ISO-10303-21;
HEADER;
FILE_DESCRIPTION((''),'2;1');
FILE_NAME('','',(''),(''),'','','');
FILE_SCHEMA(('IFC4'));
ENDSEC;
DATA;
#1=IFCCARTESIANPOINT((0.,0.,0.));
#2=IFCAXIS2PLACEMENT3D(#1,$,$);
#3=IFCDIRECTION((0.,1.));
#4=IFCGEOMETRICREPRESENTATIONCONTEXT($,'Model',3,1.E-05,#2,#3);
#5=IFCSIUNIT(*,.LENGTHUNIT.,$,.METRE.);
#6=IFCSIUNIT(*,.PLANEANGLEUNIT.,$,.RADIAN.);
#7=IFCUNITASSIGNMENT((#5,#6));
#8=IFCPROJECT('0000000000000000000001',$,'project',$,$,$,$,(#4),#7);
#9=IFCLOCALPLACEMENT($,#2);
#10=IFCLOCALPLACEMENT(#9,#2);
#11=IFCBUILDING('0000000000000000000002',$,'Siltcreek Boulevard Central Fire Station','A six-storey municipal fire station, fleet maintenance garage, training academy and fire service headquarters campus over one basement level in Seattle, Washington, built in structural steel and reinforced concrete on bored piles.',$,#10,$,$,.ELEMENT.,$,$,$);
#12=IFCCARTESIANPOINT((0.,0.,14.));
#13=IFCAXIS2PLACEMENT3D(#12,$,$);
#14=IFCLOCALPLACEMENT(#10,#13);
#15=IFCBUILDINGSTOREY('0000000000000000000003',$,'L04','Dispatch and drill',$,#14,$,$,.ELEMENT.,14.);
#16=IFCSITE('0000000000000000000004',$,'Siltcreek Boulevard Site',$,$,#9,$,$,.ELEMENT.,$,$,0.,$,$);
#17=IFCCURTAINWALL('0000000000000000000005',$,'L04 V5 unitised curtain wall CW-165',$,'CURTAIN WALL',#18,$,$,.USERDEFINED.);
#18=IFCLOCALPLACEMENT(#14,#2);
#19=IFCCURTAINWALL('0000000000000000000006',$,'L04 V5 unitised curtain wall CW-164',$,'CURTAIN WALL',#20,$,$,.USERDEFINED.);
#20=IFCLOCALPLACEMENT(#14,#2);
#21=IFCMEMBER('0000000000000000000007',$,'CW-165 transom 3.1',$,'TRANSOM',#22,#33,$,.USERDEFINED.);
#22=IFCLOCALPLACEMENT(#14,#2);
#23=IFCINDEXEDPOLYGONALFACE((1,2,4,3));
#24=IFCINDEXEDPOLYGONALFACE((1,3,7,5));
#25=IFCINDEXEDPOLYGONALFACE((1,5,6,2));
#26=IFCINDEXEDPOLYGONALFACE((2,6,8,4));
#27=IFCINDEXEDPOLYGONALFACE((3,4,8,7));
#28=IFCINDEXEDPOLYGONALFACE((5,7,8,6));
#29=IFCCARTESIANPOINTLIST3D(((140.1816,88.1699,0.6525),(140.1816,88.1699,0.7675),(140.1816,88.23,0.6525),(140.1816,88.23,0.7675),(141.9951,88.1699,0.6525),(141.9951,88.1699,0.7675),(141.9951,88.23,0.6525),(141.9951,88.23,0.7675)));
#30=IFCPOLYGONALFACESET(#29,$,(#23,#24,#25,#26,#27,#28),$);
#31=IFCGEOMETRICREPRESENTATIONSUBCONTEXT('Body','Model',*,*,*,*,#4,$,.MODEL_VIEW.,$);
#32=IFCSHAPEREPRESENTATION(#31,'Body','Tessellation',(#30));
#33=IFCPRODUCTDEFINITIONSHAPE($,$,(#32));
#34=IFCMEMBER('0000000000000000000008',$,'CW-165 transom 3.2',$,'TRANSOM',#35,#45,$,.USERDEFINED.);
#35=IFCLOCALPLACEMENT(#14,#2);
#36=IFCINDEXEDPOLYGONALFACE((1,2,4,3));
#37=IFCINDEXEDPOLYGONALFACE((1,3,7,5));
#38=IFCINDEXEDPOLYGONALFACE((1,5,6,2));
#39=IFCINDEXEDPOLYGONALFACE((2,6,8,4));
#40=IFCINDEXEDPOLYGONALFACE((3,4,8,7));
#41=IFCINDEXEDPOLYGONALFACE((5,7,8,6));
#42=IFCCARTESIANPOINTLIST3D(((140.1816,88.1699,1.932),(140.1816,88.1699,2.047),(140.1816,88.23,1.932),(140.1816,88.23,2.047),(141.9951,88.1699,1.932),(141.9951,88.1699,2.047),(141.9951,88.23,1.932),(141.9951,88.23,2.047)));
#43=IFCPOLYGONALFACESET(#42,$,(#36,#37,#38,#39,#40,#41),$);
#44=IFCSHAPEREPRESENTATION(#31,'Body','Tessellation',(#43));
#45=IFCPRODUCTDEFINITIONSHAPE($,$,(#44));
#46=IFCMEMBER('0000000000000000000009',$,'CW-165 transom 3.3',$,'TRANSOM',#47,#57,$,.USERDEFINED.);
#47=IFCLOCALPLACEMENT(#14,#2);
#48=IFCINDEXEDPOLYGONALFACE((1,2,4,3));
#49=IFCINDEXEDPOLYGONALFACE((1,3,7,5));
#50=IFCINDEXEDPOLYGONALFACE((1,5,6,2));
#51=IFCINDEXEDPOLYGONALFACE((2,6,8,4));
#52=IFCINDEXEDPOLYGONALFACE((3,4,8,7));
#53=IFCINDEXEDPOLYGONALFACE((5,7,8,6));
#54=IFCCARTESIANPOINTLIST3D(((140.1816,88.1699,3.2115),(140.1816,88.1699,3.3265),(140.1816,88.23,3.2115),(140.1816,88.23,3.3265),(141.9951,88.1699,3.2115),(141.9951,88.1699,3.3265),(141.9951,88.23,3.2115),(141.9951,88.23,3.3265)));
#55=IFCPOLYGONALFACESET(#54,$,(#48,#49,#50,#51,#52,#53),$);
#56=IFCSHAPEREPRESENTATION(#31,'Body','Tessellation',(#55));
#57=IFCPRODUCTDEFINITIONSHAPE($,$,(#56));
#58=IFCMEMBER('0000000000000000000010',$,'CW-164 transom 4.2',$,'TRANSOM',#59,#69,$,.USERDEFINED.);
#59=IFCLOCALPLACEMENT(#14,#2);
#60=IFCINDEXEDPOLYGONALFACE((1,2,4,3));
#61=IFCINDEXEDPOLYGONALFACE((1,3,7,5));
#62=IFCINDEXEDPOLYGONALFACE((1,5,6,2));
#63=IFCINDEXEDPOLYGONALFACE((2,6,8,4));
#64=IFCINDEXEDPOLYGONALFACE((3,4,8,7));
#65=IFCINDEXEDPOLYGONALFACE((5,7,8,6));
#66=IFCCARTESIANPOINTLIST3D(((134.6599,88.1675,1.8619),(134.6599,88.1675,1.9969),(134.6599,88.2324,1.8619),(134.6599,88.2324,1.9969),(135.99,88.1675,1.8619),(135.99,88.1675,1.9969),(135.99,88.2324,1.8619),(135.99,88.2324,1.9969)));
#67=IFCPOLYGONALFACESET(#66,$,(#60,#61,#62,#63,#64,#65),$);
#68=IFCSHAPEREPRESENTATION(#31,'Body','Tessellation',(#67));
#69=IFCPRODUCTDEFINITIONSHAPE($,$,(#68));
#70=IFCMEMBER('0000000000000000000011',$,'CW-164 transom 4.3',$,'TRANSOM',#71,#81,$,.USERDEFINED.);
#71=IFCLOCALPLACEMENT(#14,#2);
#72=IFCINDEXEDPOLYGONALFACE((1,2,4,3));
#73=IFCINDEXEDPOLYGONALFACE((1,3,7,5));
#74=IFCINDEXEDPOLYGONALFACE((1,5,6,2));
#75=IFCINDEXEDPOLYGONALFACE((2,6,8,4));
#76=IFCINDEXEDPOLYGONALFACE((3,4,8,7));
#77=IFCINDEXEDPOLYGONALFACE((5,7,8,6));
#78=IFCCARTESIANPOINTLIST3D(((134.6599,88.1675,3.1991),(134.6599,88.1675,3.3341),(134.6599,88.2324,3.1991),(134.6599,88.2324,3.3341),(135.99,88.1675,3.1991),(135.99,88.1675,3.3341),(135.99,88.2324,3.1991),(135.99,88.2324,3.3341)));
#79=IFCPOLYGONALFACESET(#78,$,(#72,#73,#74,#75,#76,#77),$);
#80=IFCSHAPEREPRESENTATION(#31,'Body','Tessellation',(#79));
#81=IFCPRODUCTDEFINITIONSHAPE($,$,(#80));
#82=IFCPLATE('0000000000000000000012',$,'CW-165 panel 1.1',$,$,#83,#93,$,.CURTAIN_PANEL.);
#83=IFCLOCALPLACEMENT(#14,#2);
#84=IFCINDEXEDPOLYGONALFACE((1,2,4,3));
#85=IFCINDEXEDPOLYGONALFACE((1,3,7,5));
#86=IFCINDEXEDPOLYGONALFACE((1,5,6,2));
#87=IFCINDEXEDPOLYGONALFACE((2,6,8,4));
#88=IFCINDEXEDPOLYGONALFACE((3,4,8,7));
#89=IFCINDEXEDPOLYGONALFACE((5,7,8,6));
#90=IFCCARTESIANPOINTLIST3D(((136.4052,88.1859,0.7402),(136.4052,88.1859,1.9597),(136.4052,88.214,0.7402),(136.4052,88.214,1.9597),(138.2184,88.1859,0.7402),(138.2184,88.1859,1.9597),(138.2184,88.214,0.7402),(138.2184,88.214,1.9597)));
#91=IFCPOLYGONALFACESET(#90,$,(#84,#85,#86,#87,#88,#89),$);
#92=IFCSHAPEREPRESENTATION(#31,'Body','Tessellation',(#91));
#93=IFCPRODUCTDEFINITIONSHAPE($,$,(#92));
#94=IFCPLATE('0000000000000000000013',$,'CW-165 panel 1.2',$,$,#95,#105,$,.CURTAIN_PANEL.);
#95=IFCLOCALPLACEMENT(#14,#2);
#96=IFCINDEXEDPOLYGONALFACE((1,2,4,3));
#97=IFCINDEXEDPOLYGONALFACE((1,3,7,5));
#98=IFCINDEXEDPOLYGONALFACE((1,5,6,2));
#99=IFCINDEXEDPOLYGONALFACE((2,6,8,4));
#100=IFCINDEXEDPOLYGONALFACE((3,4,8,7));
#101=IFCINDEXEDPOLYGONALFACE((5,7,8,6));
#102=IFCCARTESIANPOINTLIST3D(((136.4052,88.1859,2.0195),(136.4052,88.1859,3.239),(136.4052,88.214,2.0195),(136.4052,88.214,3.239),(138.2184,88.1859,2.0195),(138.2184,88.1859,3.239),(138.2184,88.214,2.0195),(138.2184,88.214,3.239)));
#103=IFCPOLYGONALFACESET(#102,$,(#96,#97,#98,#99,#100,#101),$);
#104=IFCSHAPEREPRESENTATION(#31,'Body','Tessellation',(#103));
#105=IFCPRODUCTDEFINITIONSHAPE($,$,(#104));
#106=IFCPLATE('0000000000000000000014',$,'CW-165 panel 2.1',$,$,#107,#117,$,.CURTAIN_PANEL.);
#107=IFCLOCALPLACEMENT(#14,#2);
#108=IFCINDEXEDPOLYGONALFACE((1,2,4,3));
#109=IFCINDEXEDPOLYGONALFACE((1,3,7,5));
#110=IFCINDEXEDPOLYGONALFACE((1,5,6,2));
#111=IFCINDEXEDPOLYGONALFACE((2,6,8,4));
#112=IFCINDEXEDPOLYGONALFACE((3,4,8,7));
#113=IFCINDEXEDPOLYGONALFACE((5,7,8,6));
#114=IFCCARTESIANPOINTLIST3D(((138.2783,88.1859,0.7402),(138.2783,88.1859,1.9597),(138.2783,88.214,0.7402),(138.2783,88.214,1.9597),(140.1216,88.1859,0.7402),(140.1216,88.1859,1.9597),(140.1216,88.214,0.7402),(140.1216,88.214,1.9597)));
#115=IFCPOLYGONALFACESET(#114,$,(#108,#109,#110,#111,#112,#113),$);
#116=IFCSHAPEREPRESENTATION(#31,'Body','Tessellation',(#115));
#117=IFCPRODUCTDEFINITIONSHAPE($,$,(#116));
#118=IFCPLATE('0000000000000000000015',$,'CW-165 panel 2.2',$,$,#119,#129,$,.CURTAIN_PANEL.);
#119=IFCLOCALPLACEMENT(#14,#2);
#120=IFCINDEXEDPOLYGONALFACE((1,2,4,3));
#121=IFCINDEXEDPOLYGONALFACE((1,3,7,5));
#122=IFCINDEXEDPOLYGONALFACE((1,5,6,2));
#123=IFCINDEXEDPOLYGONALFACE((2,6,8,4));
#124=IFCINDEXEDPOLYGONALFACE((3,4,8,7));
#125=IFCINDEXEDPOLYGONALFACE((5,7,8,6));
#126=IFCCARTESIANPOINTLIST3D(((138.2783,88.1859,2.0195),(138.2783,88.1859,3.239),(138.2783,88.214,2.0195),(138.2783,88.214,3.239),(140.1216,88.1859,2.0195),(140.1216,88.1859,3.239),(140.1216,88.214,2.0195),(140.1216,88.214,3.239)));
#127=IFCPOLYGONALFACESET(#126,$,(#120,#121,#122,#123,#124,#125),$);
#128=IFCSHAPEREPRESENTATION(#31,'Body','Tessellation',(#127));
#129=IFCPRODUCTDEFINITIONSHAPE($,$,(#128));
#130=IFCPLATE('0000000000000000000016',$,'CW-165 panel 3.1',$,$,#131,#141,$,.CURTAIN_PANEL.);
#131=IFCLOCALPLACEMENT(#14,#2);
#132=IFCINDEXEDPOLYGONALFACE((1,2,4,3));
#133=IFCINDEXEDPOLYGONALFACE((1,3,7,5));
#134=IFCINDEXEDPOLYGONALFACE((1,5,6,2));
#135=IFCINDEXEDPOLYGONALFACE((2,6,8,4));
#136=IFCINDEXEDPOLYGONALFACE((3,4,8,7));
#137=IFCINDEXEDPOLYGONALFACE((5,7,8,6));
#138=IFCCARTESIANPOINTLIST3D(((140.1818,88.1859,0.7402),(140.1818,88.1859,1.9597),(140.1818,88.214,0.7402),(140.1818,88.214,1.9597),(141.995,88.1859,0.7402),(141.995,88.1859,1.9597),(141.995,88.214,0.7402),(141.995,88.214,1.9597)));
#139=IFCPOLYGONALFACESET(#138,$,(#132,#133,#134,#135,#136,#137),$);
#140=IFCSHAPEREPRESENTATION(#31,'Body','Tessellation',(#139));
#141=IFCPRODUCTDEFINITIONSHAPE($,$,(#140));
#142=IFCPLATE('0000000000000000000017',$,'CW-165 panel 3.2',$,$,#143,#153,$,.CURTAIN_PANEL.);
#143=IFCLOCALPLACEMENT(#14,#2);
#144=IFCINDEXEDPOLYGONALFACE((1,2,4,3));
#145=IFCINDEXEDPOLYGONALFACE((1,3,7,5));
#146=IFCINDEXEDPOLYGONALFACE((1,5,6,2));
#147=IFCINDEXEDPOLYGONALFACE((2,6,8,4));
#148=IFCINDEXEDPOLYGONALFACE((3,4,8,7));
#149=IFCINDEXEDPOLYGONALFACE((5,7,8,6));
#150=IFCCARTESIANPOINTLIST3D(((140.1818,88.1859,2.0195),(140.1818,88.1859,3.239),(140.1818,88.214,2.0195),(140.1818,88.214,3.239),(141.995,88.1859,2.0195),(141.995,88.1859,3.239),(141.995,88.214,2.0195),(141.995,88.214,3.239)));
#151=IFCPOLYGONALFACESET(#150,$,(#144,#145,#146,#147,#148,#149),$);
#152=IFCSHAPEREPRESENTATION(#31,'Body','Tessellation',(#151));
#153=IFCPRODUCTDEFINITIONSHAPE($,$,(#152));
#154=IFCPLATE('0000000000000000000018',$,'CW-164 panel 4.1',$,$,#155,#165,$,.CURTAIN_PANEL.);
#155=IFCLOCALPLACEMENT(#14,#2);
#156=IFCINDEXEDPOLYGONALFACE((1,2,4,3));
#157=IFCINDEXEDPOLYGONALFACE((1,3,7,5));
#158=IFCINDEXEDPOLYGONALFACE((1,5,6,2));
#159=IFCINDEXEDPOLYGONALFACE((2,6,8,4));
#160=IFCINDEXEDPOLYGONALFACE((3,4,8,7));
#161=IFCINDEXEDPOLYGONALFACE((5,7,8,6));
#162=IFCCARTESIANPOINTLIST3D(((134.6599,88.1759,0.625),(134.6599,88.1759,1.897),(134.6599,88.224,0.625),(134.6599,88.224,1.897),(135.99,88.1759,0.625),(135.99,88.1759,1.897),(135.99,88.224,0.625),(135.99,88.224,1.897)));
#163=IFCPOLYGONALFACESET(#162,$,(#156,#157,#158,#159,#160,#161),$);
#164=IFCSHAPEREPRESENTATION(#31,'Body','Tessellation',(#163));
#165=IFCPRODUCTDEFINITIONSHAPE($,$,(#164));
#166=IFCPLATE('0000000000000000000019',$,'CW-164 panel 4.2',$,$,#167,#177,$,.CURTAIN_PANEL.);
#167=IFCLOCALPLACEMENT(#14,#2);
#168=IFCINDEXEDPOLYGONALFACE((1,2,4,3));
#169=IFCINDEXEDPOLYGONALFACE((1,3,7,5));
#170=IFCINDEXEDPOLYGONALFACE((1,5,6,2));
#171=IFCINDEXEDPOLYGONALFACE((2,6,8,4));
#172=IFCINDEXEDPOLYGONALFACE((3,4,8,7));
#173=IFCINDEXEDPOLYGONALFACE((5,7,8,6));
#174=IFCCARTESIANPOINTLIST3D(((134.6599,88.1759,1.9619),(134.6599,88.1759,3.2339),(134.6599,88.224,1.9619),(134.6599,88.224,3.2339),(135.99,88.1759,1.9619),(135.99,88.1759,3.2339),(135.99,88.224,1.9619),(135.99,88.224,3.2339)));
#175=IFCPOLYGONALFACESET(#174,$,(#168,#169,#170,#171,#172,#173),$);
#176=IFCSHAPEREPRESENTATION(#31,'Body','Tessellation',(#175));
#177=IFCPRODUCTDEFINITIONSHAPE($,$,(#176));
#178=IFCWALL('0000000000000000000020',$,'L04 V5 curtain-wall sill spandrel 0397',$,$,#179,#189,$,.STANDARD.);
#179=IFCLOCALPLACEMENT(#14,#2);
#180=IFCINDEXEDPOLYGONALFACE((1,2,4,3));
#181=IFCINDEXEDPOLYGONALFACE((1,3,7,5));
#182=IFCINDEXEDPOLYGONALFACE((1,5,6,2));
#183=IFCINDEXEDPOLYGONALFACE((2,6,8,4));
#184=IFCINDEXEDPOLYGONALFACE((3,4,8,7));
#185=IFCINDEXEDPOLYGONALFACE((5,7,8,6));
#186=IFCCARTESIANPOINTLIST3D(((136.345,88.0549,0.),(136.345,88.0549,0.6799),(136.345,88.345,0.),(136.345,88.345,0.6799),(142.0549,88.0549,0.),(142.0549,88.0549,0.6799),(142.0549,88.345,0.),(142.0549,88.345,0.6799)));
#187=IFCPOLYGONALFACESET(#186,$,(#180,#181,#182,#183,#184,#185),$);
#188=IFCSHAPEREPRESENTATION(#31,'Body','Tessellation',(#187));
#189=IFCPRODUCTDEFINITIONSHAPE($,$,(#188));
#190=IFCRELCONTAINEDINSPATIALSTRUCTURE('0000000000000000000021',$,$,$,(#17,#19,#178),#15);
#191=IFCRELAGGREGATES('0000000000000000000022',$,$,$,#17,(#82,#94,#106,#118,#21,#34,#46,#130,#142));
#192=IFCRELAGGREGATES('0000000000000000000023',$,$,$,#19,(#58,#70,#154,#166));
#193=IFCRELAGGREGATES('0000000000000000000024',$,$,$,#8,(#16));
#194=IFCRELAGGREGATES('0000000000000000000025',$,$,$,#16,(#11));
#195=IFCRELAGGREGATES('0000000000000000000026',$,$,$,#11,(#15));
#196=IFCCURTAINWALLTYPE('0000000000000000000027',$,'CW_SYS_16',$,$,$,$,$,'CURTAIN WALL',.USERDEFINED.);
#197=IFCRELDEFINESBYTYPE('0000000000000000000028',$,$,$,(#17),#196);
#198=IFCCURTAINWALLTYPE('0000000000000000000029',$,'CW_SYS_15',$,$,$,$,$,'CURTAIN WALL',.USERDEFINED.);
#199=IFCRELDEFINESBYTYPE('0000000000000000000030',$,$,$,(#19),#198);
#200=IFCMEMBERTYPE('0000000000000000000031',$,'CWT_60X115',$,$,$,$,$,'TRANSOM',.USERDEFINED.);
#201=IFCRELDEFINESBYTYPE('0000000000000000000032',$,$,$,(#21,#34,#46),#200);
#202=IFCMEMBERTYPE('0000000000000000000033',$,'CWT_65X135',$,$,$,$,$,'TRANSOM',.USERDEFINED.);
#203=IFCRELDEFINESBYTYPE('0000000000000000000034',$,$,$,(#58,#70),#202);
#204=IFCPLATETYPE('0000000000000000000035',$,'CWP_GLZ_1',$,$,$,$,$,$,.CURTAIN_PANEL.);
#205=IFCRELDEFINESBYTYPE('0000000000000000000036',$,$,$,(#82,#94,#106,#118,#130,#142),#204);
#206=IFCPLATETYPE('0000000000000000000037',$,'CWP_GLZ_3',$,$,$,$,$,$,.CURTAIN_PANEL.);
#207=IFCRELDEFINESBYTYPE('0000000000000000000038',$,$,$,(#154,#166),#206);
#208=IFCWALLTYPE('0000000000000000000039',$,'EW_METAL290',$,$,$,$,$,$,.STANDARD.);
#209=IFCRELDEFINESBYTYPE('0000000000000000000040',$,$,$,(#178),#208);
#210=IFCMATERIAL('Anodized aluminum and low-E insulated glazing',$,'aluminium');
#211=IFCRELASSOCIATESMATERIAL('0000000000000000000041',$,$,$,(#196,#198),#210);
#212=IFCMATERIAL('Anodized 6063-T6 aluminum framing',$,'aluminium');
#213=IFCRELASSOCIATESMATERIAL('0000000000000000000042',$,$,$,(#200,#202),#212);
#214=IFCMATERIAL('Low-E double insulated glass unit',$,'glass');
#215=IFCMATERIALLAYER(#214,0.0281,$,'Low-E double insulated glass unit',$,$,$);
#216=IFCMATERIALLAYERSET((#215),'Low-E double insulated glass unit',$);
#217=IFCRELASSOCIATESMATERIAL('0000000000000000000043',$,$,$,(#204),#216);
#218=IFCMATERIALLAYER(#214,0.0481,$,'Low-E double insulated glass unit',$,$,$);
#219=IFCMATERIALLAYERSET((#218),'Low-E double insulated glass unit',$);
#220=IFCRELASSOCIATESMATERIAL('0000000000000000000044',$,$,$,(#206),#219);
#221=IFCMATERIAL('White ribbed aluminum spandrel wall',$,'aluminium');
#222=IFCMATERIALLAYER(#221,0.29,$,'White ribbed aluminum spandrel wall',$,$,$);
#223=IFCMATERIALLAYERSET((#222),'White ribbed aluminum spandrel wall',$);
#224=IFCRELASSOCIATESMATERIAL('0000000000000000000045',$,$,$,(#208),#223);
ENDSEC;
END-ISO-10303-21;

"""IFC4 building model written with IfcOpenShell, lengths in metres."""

from ifc_helpers import new_model, si_unit, direction, frame, frame_2d, origin, origin_2d, place, context, subcontext, project, spatial, rectangle, extrude, material, layer, layer_set, material_profile, profile_set, type_object, element, aggregate, save


model = new_model("IFC4")

# Units and contexts
model_context = context("Model", 3, precision=1e-05, world=origin(), true_north=direction((0.0, 1.0)))
body_context = subcontext(model_context, "Body", "Model", "MODEL_VIEW")
ifc_project = project(units=[si_unit("LENGTHUNIT", "METRE"), si_unit("PLANEANGLEUNIT", "RADIAN")], contexts=[model_context])

# Site, building, storey
site_placement = place(None, origin())
site = spatial("IfcSite", under=ifc_project, at=site_placement, Name="Siltcreek Boulevard Site", CompositionType="ELEMENT", RefElevation=0.0)
building_placement = place(site_placement, origin())
building = spatial("IfcBuilding", under=site, at=building_placement, Name="Siltcreek Boulevard Central Fire Station", Description="A six-storey municipal fire station, fleet maintenance garage, training academy and fire service headquarters campus over one basement level in Seattle, Washington, built in structural steel and reinforced concrete on bored piles.", CompositionType="ELEMENT")
storey_placement = place(building_placement, frame((0.0, 0.0, 14.0)))
storey = spatial("IfcBuildingStorey", under=building, at=storey_placement, Name="L04", Description="Dispatch and drill", CompositionType="ELEMENT", Elevation=14.0)

# Curtain wall
ifc_material_1 = material(Name="Anodized aluminum and low-E insulated glazing", Category="aluminium")
curtain_wall_type_1 = type_object("IfcCurtainWallType", Name="CW_SYS_16", ElementType="CURTAIN WALL", PredefinedType="USERDEFINED", material=ifc_material_1)
curtain_wall_1_placement = place(storey_placement, origin())
curtain_wall_1 = element("IfcCurtainWall", 1, at=curtain_wall_1_placement, inside=storey, type_object=curtain_wall_type_1, Name="L04 V5 unitised curtain wall CW-165", ObjectType="CURTAIN WALL", PredefinedType="USERDEFINED")
ifc_material_2 = material(Name="Anodized 6063-T6 aluminum framing", Category="aluminium")

# Curtain wall
curtain_wall_type_2 = type_object("IfcCurtainWallType", Name="CW_SYS_15", ElementType="CURTAIN WALL", PredefinedType="USERDEFINED", material=ifc_material_1)
curtain_wall_2_placement = place(storey_placement, origin())
curtain_wall_2 = element("IfcCurtainWall", 2, at=curtain_wall_2_placement, inside=storey, type_object=curtain_wall_type_2, Name="L04 V5 unitised curtain wall CW-164", ObjectType="CURTAIN WALL", PredefinedType="USERDEFINED")

# Members
ifc_material_profile_1 = material_profile(ifc_material_2, rectangle(XDim=0.0601, YDim=0.115, at=origin_2d()), Name="TRAN60X115")
ifc_profile_set_1 = profile_set([ifc_material_profile_1], Name="Anodized 6063-T6 aluminum framing")
member_type_1 = type_object("IfcMemberType", Name="CWT_60X115", ElementType="TRANSOM", PredefinedType="USERDEFINED", material=ifc_profile_set_1)
member_1_placement = place(storey_placement, frame((140.1816, 88.2, 0.71), z_axis=(1.0, 0.0, 0.0), x_axis=(0.0, 1.0, 0.0)))
member_1 = element("IfcMember", 3, at=member_1_placement, type_object=member_type_1, Name="CW-165 transom 3.1", ObjectType="TRANSOM", PredefinedType="USERDEFINED", context=body_context, shape_type="SweptSolid", body=[
    extrude(rectangle(XDim=0.0601, YDim=0.115, at=origin_2d()), origin(), (0.0, 0.0, 1.0), 1.8135),
])
member_2_placement = place(storey_placement, frame((140.1816, 88.2, 1.9895), z_axis=(1.0, 0.0, 0.0), x_axis=(0.0, 1.0, 0.0)))
member_2 = element("IfcMember", 4, at=member_2_placement, type_object=member_type_1, Name="CW-165 transom 3.2", ObjectType="TRANSOM", PredefinedType="USERDEFINED", context=body_context, shape_type="SweptSolid", body=[
    extrude(rectangle(XDim=0.0601, YDim=0.115, at=origin_2d()), origin(), (0.0, 0.0, 1.0), 1.8135),
])
member_3_placement = place(storey_placement, frame((140.1816, 88.2, 3.269), z_axis=(1.0, 0.0, 0.0), x_axis=(0.0, 1.0, 0.0)))
member_3 = element("IfcMember", 5, at=member_3_placement, type_object=member_type_1, Name="CW-165 transom 3.3", ObjectType="TRANSOM", PredefinedType="USERDEFINED", context=body_context, shape_type="SweptSolid", body=[
    extrude(rectangle(XDim=0.0601, YDim=0.115, at=origin_2d()), origin(), (0.0, 0.0, 1.0), 1.8135),
])
ifc_material_profile_2 = material_profile(ifc_material_2, rectangle(XDim=0.0649, YDim=0.135, at=origin_2d()), Name="TRAN65X135")
ifc_profile_set_2 = profile_set([ifc_material_profile_2], Name="Anodized 6063-T6 aluminum framing")
member_type_2 = type_object("IfcMemberType", Name="CWT_65X135", ElementType="TRANSOM", PredefinedType="USERDEFINED", material=ifc_profile_set_2)
member_4_placement = place(storey_placement, frame((134.6599, 88.2, 1.9294), z_axis=(1.0, 0.0, 0.0), x_axis=(0.0, 1.0, 0.0)))
member_4 = element("IfcMember", 6, at=member_4_placement, type_object=member_type_2, Name="CW-164 transom 4.2", ObjectType="TRANSOM", PredefinedType="USERDEFINED", context=body_context, shape_type="SweptSolid", body=[
    extrude(rectangle(XDim=0.0649, YDim=0.135, at=origin_2d()), origin(), (0.0, 0.0, 1.0), 1.3301),
])
member_5_placement = place(storey_placement, frame((134.6599, 88.2, 3.2666), z_axis=(1.0, 0.0, 0.0), x_axis=(0.0, 1.0, 0.0)))
member_5 = element("IfcMember", 7, at=member_5_placement, type_object=member_type_2, Name="CW-164 transom 4.3", ObjectType="TRANSOM", PredefinedType="USERDEFINED", context=body_context, shape_type="SweptSolid", body=[
    extrude(rectangle(XDim=0.0649, YDim=0.135, at=origin_2d()), origin(), (0.0, 0.0, 1.0), 1.3301),
])

# Plates
ifc_material_3 = material(Name="Low-E double insulated glass unit", Category="glass")
ifc_layer_1 = layer(ifc_material_3, 0.0281, Name="Low-E double insulated glass unit")
ifc_layer_set_1 = layer_set([ifc_layer_1], Name="Low-E double insulated glass unit")
plate_type_1 = type_object("IfcPlateType", Name="CWP_GLZ_1", PredefinedType="CURTAIN_PANEL", material=ifc_layer_set_1)
plate_1_placement = place(storey_placement, frame((137.3118, 88.2, 0.7402), z_axis=(0.0, 0.0, 1.0), x_axis=(1.0, 0.0, 0.0)))
plate_1 = element("IfcPlate", 8, at=plate_1_placement, type_object=plate_type_1, Name="CW-165 panel 1.1", PredefinedType="CURTAIN_PANEL", context=body_context, shape_type="SweptSolid", body=[
    extrude(rectangle(XDim=1.8132, YDim=0.0281, at=origin_2d()), origin(), (0.0, 0.0, 1.0), 1.2195),
])
plate_2_placement = place(storey_placement, frame((137.3118, 88.2, 2.0195), z_axis=(0.0, 0.0, 1.0), x_axis=(1.0, 0.0, 0.0)))
plate_2 = element("IfcPlate", 9, at=plate_2_placement, type_object=plate_type_1, Name="CW-165 panel 1.2", PredefinedType="CURTAIN_PANEL", context=body_context, shape_type="SweptSolid", body=[
    extrude(rectangle(XDim=1.8132, YDim=0.0281, at=origin_2d()), origin(), (0.0, 0.0, 1.0), 1.2195),
])
plate_3_placement = place(storey_placement, frame((139.2, 88.2, 0.7402), z_axis=(0.0, 0.0, 1.0), x_axis=(1.0, 0.0, 0.0)))
plate_3 = element("IfcPlate", 10, at=plate_3_placement, type_object=plate_type_1, Name="CW-165 panel 2.1", PredefinedType="CURTAIN_PANEL", context=body_context, shape_type="SweptSolid", body=[
    extrude(rectangle(XDim=1.8433, YDim=0.0281, at=origin_2d()), origin(), (0.0, 0.0, 1.0), 1.2195),
])
plate_4_placement = place(storey_placement, frame((139.2, 88.2, 2.0195), z_axis=(0.0, 0.0, 1.0), x_axis=(1.0, 0.0, 0.0)))
plate_4 = element("IfcPlate", 11, at=plate_4_placement, type_object=plate_type_1, Name="CW-165 panel 2.2", PredefinedType="CURTAIN_PANEL", context=body_context, shape_type="SweptSolid", body=[
    extrude(rectangle(XDim=1.8433, YDim=0.0281, at=origin_2d()), origin(), (0.0, 0.0, 1.0), 1.2195),
])
plate_5_placement = place(storey_placement, frame((141.0884, 88.2, 0.7402), z_axis=(0.0, 0.0, 1.0), x_axis=(1.0, 0.0, 0.0)))
plate_5 = element("IfcPlate", 12, at=plate_5_placement, type_object=plate_type_1, Name="CW-165 panel 3.1", PredefinedType="CURTAIN_PANEL", context=body_context, shape_type="SweptSolid", body=[
    extrude(rectangle(XDim=1.8132, YDim=0.0281, at=origin_2d()), origin(), (0.0, 0.0, 1.0), 1.2195),
])
plate_6_placement = place(storey_placement, frame((141.0884, 88.2, 2.0195), z_axis=(0.0, 0.0, 1.0), x_axis=(1.0, 0.0, 0.0)))
plate_6 = element("IfcPlate", 13, at=plate_6_placement, type_object=plate_type_1, Name="CW-165 panel 3.2", PredefinedType="CURTAIN_PANEL", context=body_context, shape_type="SweptSolid", body=[
    extrude(rectangle(XDim=1.8132, YDim=0.0281, at=origin_2d()), origin(), (0.0, 0.0, 1.0), 1.2195),
])
aggregate(curtain_wall_1, [plate_1, plate_2, plate_3, plate_4, member_1, member_2, member_3, plate_5, plate_6])
ifc_layer_2 = layer(ifc_material_3, 0.0481, Name="Low-E double insulated glass unit")
ifc_layer_set_2 = layer_set([ifc_layer_2], Name="Low-E double insulated glass unit")
plate_type_2 = type_object("IfcPlateType", Name="CWP_GLZ_3", PredefinedType="CURTAIN_PANEL", material=ifc_layer_set_2)
plate_7_placement = place(storey_placement, frame((135.325, 88.2, 0.625), z_axis=(0.0, 0.0, 1.0), x_axis=(1.0, 0.0, 0.0)))
plate_7 = element("IfcPlate", 14, at=plate_7_placement, type_object=plate_type_2, Name="CW-164 panel 4.1", PredefinedType="CURTAIN_PANEL", context=body_context, shape_type="SweptSolid", body=[
    extrude(rectangle(XDim=1.3301, YDim=0.0481, at=origin_2d()), origin(), (0.0, 0.0, 1.0), 1.272),
])
plate_8_placement = place(storey_placement, frame((135.325, 88.2, 1.9619), z_axis=(0.0, 0.0, 1.0), x_axis=(1.0, 0.0, 0.0)))
plate_8 = element("IfcPlate", 15, at=plate_8_placement, type_object=plate_type_2, Name="CW-164 panel 4.2", PredefinedType="CURTAIN_PANEL", context=body_context, shape_type="SweptSolid", body=[
    extrude(rectangle(XDim=1.3301, YDim=0.0481, at=origin_2d()), origin(), (0.0, 0.0, 1.0), 1.272),
])
aggregate(curtain_wall_2, [member_4, member_5, plate_7, plate_8])

# Wall
ifc_material_4 = material(Name="White ribbed aluminum spandrel wall", Category="aluminium")
ifc_layer_3 = layer(ifc_material_4, 0.29, Name="White ribbed aluminum spandrel wall")
ifc_layer_set_3 = layer_set([ifc_layer_3], Name="White ribbed aluminum spandrel wall")
wall_type = type_object("IfcWallType", Name="EW_METAL290", PredefinedType="STANDARD", material=ifc_layer_set_3)
wall_placement = place(storey_placement, frame((136.345, 88.2, 0.0), z_axis=(0.0, 0.0, 1.0), x_axis=(1.0, 0.0, 0.0)))
element("IfcWall", 16, at=wall_placement, inside=storey, type_object=wall_type, Name="L04 V5 curtain-wall sill spandrel 0397", PredefinedType="STANDARD", context=body_context, shape_type="SweptSolid", body=[
    extrude(rectangle(XDim=5.71, YDim=0.29, at=frame_2d((2.855, 0.0))), origin(), (0.0, 0.0, 1.0), 0.6799),
])

save(model, "model.ifc")
